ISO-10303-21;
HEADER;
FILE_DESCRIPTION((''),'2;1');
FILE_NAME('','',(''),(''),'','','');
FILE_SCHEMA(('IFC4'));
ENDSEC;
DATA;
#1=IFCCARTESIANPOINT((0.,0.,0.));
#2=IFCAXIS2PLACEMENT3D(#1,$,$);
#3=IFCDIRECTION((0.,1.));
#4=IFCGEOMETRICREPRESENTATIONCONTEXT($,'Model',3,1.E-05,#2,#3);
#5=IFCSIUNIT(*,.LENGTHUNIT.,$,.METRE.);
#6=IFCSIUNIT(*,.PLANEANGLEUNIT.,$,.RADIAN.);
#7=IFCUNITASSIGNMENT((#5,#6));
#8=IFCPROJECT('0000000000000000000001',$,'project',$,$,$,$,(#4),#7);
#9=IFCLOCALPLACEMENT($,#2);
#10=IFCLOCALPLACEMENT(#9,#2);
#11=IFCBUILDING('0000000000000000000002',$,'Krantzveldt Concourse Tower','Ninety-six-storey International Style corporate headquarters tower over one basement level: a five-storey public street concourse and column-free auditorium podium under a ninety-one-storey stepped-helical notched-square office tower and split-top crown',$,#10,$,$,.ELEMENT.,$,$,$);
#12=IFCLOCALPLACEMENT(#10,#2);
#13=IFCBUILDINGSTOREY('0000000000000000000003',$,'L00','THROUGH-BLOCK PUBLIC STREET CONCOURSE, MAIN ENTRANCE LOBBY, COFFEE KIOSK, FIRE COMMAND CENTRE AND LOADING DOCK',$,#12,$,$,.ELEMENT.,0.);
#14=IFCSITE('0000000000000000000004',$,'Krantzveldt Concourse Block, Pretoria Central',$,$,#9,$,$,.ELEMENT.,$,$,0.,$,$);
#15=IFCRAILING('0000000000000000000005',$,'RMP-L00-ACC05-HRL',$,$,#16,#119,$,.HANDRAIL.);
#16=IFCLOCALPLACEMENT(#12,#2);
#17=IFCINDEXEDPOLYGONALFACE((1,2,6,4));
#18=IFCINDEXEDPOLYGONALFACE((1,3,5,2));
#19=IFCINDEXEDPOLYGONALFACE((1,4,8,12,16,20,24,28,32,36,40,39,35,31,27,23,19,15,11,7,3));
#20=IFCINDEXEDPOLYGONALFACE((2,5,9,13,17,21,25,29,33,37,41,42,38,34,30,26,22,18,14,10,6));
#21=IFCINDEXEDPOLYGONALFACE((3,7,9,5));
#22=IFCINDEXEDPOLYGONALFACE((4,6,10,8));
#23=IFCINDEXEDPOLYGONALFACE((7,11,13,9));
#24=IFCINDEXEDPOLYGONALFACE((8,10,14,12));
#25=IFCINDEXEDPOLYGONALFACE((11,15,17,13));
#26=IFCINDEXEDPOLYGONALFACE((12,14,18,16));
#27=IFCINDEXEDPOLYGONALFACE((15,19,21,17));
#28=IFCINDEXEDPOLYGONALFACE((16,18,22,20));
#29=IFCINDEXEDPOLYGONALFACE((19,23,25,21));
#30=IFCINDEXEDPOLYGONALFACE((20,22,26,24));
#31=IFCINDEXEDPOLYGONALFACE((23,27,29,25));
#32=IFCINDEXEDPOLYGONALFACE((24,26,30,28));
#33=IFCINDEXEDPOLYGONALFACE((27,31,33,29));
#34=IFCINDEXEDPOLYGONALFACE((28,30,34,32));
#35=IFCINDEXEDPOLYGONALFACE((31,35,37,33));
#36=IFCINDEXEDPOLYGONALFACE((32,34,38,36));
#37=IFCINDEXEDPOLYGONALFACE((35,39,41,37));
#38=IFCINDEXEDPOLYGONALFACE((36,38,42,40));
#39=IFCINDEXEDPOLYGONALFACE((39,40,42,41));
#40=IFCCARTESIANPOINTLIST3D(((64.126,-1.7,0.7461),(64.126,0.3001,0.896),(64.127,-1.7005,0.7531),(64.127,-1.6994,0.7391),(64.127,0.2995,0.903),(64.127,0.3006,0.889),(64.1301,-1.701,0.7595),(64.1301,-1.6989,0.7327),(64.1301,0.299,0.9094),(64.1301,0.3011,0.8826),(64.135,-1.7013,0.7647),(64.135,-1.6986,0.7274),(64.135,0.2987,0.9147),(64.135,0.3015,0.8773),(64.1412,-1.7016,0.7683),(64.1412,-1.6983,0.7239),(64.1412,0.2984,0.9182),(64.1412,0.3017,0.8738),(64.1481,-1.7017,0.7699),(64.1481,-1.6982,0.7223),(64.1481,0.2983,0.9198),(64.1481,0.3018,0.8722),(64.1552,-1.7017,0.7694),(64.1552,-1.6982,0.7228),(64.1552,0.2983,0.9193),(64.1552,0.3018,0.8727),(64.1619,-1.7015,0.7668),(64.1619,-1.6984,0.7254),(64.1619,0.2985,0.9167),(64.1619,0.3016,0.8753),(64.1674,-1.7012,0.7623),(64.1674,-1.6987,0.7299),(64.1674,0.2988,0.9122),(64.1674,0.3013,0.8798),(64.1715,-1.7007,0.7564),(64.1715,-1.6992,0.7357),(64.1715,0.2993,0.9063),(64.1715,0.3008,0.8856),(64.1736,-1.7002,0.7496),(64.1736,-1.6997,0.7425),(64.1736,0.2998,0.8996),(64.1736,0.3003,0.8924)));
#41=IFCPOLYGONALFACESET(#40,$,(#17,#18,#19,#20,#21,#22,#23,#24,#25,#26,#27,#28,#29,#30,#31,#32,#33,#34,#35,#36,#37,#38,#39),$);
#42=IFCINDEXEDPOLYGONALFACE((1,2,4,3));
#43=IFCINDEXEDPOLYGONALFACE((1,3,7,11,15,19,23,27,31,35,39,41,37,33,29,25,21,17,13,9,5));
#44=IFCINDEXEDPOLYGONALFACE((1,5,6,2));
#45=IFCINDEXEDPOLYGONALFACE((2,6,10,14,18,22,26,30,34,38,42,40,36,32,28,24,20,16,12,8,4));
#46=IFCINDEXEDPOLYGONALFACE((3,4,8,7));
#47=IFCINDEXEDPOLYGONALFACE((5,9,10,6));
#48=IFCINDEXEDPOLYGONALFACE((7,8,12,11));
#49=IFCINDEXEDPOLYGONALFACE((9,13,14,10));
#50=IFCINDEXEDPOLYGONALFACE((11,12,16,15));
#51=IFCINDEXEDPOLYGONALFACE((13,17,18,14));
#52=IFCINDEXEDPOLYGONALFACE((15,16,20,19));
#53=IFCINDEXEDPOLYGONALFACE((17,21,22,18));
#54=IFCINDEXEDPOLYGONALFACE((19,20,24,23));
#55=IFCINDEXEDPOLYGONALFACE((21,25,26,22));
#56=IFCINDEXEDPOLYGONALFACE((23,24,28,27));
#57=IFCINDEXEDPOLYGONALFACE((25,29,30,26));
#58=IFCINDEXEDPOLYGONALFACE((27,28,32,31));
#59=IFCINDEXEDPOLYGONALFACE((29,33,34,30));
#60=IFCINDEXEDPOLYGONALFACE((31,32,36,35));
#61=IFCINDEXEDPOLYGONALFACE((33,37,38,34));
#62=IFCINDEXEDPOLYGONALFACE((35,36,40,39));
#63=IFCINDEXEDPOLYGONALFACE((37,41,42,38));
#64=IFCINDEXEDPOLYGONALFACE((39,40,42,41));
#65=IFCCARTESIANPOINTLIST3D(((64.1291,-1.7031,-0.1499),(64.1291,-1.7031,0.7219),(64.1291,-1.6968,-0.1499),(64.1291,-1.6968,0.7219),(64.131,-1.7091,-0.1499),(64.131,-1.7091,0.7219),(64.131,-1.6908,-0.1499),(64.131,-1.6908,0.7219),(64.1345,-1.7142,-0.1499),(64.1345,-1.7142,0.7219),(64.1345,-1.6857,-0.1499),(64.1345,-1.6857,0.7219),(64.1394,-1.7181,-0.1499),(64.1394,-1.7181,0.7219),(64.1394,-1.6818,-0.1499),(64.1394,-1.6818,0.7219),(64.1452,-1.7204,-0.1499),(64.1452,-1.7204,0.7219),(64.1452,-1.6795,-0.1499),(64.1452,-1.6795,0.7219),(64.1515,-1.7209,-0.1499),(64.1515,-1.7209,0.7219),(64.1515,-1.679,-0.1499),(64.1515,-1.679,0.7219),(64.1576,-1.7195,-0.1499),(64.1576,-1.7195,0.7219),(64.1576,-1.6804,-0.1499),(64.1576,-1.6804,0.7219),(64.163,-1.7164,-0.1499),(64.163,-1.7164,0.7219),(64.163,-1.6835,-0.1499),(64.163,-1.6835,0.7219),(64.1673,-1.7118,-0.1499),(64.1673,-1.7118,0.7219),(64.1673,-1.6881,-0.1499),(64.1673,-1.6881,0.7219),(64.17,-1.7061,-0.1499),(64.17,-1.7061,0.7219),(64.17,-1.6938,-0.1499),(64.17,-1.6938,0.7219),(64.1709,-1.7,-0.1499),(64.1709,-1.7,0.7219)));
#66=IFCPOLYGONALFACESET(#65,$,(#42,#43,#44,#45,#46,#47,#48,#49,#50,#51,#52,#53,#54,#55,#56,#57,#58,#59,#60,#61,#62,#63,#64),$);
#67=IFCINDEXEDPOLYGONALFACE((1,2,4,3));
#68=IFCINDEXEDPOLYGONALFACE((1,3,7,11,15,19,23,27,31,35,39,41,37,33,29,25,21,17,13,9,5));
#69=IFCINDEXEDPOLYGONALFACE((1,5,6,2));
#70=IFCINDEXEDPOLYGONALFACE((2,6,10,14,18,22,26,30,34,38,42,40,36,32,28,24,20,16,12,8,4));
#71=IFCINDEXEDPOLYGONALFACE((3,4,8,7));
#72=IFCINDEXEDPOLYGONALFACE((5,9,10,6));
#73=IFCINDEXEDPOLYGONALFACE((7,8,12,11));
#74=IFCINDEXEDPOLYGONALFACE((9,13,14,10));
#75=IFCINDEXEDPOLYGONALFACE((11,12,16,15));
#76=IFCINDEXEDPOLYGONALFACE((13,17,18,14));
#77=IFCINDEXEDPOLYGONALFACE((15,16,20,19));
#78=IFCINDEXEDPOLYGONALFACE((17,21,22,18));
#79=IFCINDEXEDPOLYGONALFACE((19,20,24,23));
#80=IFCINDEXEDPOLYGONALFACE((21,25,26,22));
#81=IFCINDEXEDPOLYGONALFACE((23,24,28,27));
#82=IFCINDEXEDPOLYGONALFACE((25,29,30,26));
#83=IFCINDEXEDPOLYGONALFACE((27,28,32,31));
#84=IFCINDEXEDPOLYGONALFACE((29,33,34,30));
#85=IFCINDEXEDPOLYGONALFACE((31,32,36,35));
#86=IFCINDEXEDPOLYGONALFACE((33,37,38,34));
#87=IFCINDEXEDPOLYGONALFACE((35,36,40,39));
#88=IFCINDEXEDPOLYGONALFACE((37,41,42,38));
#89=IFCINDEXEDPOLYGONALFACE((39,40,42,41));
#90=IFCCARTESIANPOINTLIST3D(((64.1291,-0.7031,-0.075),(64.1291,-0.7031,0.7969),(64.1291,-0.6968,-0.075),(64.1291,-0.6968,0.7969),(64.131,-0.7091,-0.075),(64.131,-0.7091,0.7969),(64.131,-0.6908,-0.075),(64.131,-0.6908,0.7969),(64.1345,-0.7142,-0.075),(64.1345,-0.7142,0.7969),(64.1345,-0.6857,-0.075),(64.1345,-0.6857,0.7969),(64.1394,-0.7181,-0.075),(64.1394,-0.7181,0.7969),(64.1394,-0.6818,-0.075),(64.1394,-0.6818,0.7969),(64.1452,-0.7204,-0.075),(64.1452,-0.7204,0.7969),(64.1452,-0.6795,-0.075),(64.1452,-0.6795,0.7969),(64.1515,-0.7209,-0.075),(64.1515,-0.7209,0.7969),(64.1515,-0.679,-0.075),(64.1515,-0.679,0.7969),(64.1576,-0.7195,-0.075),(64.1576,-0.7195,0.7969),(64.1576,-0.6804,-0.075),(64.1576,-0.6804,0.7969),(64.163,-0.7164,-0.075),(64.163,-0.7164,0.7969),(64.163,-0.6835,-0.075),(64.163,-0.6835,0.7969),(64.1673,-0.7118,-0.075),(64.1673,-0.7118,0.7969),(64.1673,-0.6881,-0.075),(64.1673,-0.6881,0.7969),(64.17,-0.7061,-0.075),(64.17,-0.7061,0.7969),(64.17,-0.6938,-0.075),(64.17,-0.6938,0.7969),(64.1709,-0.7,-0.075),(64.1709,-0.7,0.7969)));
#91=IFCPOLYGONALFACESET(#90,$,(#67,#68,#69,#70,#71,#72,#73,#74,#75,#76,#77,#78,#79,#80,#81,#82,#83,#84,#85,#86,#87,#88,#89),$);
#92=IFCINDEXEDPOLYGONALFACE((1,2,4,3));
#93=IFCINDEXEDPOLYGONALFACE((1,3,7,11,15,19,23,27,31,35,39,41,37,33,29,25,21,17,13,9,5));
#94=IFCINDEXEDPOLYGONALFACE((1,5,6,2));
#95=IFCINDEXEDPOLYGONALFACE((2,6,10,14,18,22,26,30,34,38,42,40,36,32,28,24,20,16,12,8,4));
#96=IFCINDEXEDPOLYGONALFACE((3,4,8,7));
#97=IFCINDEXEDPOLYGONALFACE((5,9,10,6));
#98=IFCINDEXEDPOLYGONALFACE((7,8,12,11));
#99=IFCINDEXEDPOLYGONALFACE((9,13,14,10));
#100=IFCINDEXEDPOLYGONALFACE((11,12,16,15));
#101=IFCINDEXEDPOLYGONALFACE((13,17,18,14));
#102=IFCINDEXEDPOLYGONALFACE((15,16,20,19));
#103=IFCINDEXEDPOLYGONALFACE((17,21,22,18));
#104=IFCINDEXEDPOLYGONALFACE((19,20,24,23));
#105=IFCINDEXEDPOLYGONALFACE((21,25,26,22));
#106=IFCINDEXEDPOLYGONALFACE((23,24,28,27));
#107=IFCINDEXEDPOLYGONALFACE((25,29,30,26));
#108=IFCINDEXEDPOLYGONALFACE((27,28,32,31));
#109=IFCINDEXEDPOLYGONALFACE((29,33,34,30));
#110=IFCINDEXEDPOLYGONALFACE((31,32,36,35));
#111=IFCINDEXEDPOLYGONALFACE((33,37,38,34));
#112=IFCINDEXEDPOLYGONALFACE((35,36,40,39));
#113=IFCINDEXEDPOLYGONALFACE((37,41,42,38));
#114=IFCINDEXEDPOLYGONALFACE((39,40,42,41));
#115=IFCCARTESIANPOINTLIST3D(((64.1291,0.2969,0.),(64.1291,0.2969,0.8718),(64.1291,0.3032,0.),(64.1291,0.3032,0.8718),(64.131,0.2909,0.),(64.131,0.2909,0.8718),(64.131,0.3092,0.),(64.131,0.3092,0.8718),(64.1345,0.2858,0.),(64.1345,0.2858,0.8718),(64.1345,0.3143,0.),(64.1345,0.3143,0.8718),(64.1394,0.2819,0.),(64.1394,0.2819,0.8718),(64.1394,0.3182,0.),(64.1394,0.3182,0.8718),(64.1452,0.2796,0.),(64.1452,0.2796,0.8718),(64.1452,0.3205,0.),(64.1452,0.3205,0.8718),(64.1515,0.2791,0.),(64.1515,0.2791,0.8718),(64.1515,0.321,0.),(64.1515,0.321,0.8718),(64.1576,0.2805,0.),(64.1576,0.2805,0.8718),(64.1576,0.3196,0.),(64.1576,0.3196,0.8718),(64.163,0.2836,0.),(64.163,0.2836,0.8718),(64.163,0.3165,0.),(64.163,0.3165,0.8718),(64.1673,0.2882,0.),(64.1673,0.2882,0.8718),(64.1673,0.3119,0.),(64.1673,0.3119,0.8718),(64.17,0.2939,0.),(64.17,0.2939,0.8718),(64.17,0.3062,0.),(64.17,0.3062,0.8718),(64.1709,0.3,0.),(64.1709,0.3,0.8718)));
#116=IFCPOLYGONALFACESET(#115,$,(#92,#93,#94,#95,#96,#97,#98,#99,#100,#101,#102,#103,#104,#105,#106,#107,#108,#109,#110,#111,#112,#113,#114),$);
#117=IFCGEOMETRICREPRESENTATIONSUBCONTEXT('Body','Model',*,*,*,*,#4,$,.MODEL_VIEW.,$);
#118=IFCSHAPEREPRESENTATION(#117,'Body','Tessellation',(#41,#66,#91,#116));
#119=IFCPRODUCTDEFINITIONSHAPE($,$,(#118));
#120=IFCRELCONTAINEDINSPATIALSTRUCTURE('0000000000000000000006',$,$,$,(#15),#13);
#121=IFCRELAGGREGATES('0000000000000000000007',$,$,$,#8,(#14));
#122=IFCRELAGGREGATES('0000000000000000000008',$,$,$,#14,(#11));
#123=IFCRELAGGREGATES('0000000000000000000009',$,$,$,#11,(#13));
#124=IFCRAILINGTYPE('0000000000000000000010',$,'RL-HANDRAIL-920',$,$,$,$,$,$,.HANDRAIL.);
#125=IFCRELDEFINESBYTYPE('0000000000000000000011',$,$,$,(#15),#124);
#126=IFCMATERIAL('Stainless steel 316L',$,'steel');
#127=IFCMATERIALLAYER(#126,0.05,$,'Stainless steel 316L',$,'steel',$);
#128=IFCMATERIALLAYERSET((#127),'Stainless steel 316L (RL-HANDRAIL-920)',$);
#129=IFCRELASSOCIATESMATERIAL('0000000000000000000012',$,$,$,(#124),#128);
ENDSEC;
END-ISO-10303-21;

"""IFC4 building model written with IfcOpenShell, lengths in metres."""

from ifc_helpers import new_model, si_unit, direction, frame, origin, origin_2d, place, context, subcontext, project, spatial, circle, extrude, material, layer, layer_set, type_object, element, save


model = new_model("IFC4")

# Units and contexts
model_context = context("Model", 3, precision=1e-05, world=origin(), true_north=direction((0.0, 1.0)))
body_context = subcontext(model_context, "Body", "Model", "MODEL_VIEW")
ifc_project = project(units=[si_unit("LENGTHUNIT", "METRE"), si_unit("PLANEANGLEUNIT", "RADIAN")], contexts=[model_context])

# Site, building, storey
site_placement = place(None, origin())
site = spatial("IfcSite", under=ifc_project, at=site_placement, Name="Krantzveldt Concourse Block, Pretoria Central", CompositionType="ELEMENT", RefElevation=0.0)
building_placement = place(site_placement, origin())
building = spatial("IfcBuilding", under=site, at=building_placement, Name="Krantzveldt Concourse Tower", Description="Ninety-six-storey International Style corporate headquarters tower over one basement level: a five-storey public street concourse and column-free auditorium podium under a ninety-one-storey stepped-helical notched-square office tower and split-top crown", CompositionType="ELEMENT")
storey_placement = place(building_placement, origin())
storey = spatial("IfcBuildingStorey", under=building, at=storey_placement, Name="L00", Description="THROUGH-BLOCK PUBLIC STREET CONCOURSE, MAIN ENTRANCE LOBBY, COFFEE KIOSK, FIRE COMMAND CENTRE AND LOADING DOCK", CompositionType="ELEMENT", Elevation=0.0)

# Railing
ifc_material_1 = material(Name="Stainless steel 316L", Category="steel")
ifc_layer_1 = layer(ifc_material_1, 0.05, Name="Stainless steel 316L", Category="steel")
ifc_layer_set_1 = layer_set([ifc_layer_1], Name="Stainless steel 316L (RL-HANDRAIL-920)")
railing_type_1 = type_object("IfcRailingType", Name="RL-HANDRAIL-920", PredefinedType="HANDRAIL", material=ifc_layer_set_1)
for number, where, name in (
    (1, (64.1499, -1.7, -0.1499), "RMP-L00-ACC05-HRL"),
):
    element("IfcRailing", number, at=place(storey_placement, frame(where)), inside=storey, type_object=railing_type_1, Name=name, PredefinedType="HANDRAIL", context=body_context, shape_type="SweptSolid", body=[
        extrude(circle(Radius=0.0239, at=origin_2d()), frame((0.0, 0.0, 0.896), z_axis=(0.0, 0.997203, 0.074742), x_axis=(-1.0, 0.0, 0.0)), (0.0, 0.0, 1.0), 2.0056),
        extrude(circle(Radius=0.021, at=origin_2d()), origin(), (0.0, 0.0, 1.0), 0.8718),
        extrude(circle(Radius=0.021, at=origin_2d()), frame((0.0, 1.0, 0.075)), (0.0, 0.0, 1.0), 0.8718),
        extrude(circle(Radius=0.021, at=origin_2d()), frame((0.0, 2.0, 0.1499)), (0.0, 0.0, 1.0), 0.8718),
    ])

save(model, "model.ifc")
